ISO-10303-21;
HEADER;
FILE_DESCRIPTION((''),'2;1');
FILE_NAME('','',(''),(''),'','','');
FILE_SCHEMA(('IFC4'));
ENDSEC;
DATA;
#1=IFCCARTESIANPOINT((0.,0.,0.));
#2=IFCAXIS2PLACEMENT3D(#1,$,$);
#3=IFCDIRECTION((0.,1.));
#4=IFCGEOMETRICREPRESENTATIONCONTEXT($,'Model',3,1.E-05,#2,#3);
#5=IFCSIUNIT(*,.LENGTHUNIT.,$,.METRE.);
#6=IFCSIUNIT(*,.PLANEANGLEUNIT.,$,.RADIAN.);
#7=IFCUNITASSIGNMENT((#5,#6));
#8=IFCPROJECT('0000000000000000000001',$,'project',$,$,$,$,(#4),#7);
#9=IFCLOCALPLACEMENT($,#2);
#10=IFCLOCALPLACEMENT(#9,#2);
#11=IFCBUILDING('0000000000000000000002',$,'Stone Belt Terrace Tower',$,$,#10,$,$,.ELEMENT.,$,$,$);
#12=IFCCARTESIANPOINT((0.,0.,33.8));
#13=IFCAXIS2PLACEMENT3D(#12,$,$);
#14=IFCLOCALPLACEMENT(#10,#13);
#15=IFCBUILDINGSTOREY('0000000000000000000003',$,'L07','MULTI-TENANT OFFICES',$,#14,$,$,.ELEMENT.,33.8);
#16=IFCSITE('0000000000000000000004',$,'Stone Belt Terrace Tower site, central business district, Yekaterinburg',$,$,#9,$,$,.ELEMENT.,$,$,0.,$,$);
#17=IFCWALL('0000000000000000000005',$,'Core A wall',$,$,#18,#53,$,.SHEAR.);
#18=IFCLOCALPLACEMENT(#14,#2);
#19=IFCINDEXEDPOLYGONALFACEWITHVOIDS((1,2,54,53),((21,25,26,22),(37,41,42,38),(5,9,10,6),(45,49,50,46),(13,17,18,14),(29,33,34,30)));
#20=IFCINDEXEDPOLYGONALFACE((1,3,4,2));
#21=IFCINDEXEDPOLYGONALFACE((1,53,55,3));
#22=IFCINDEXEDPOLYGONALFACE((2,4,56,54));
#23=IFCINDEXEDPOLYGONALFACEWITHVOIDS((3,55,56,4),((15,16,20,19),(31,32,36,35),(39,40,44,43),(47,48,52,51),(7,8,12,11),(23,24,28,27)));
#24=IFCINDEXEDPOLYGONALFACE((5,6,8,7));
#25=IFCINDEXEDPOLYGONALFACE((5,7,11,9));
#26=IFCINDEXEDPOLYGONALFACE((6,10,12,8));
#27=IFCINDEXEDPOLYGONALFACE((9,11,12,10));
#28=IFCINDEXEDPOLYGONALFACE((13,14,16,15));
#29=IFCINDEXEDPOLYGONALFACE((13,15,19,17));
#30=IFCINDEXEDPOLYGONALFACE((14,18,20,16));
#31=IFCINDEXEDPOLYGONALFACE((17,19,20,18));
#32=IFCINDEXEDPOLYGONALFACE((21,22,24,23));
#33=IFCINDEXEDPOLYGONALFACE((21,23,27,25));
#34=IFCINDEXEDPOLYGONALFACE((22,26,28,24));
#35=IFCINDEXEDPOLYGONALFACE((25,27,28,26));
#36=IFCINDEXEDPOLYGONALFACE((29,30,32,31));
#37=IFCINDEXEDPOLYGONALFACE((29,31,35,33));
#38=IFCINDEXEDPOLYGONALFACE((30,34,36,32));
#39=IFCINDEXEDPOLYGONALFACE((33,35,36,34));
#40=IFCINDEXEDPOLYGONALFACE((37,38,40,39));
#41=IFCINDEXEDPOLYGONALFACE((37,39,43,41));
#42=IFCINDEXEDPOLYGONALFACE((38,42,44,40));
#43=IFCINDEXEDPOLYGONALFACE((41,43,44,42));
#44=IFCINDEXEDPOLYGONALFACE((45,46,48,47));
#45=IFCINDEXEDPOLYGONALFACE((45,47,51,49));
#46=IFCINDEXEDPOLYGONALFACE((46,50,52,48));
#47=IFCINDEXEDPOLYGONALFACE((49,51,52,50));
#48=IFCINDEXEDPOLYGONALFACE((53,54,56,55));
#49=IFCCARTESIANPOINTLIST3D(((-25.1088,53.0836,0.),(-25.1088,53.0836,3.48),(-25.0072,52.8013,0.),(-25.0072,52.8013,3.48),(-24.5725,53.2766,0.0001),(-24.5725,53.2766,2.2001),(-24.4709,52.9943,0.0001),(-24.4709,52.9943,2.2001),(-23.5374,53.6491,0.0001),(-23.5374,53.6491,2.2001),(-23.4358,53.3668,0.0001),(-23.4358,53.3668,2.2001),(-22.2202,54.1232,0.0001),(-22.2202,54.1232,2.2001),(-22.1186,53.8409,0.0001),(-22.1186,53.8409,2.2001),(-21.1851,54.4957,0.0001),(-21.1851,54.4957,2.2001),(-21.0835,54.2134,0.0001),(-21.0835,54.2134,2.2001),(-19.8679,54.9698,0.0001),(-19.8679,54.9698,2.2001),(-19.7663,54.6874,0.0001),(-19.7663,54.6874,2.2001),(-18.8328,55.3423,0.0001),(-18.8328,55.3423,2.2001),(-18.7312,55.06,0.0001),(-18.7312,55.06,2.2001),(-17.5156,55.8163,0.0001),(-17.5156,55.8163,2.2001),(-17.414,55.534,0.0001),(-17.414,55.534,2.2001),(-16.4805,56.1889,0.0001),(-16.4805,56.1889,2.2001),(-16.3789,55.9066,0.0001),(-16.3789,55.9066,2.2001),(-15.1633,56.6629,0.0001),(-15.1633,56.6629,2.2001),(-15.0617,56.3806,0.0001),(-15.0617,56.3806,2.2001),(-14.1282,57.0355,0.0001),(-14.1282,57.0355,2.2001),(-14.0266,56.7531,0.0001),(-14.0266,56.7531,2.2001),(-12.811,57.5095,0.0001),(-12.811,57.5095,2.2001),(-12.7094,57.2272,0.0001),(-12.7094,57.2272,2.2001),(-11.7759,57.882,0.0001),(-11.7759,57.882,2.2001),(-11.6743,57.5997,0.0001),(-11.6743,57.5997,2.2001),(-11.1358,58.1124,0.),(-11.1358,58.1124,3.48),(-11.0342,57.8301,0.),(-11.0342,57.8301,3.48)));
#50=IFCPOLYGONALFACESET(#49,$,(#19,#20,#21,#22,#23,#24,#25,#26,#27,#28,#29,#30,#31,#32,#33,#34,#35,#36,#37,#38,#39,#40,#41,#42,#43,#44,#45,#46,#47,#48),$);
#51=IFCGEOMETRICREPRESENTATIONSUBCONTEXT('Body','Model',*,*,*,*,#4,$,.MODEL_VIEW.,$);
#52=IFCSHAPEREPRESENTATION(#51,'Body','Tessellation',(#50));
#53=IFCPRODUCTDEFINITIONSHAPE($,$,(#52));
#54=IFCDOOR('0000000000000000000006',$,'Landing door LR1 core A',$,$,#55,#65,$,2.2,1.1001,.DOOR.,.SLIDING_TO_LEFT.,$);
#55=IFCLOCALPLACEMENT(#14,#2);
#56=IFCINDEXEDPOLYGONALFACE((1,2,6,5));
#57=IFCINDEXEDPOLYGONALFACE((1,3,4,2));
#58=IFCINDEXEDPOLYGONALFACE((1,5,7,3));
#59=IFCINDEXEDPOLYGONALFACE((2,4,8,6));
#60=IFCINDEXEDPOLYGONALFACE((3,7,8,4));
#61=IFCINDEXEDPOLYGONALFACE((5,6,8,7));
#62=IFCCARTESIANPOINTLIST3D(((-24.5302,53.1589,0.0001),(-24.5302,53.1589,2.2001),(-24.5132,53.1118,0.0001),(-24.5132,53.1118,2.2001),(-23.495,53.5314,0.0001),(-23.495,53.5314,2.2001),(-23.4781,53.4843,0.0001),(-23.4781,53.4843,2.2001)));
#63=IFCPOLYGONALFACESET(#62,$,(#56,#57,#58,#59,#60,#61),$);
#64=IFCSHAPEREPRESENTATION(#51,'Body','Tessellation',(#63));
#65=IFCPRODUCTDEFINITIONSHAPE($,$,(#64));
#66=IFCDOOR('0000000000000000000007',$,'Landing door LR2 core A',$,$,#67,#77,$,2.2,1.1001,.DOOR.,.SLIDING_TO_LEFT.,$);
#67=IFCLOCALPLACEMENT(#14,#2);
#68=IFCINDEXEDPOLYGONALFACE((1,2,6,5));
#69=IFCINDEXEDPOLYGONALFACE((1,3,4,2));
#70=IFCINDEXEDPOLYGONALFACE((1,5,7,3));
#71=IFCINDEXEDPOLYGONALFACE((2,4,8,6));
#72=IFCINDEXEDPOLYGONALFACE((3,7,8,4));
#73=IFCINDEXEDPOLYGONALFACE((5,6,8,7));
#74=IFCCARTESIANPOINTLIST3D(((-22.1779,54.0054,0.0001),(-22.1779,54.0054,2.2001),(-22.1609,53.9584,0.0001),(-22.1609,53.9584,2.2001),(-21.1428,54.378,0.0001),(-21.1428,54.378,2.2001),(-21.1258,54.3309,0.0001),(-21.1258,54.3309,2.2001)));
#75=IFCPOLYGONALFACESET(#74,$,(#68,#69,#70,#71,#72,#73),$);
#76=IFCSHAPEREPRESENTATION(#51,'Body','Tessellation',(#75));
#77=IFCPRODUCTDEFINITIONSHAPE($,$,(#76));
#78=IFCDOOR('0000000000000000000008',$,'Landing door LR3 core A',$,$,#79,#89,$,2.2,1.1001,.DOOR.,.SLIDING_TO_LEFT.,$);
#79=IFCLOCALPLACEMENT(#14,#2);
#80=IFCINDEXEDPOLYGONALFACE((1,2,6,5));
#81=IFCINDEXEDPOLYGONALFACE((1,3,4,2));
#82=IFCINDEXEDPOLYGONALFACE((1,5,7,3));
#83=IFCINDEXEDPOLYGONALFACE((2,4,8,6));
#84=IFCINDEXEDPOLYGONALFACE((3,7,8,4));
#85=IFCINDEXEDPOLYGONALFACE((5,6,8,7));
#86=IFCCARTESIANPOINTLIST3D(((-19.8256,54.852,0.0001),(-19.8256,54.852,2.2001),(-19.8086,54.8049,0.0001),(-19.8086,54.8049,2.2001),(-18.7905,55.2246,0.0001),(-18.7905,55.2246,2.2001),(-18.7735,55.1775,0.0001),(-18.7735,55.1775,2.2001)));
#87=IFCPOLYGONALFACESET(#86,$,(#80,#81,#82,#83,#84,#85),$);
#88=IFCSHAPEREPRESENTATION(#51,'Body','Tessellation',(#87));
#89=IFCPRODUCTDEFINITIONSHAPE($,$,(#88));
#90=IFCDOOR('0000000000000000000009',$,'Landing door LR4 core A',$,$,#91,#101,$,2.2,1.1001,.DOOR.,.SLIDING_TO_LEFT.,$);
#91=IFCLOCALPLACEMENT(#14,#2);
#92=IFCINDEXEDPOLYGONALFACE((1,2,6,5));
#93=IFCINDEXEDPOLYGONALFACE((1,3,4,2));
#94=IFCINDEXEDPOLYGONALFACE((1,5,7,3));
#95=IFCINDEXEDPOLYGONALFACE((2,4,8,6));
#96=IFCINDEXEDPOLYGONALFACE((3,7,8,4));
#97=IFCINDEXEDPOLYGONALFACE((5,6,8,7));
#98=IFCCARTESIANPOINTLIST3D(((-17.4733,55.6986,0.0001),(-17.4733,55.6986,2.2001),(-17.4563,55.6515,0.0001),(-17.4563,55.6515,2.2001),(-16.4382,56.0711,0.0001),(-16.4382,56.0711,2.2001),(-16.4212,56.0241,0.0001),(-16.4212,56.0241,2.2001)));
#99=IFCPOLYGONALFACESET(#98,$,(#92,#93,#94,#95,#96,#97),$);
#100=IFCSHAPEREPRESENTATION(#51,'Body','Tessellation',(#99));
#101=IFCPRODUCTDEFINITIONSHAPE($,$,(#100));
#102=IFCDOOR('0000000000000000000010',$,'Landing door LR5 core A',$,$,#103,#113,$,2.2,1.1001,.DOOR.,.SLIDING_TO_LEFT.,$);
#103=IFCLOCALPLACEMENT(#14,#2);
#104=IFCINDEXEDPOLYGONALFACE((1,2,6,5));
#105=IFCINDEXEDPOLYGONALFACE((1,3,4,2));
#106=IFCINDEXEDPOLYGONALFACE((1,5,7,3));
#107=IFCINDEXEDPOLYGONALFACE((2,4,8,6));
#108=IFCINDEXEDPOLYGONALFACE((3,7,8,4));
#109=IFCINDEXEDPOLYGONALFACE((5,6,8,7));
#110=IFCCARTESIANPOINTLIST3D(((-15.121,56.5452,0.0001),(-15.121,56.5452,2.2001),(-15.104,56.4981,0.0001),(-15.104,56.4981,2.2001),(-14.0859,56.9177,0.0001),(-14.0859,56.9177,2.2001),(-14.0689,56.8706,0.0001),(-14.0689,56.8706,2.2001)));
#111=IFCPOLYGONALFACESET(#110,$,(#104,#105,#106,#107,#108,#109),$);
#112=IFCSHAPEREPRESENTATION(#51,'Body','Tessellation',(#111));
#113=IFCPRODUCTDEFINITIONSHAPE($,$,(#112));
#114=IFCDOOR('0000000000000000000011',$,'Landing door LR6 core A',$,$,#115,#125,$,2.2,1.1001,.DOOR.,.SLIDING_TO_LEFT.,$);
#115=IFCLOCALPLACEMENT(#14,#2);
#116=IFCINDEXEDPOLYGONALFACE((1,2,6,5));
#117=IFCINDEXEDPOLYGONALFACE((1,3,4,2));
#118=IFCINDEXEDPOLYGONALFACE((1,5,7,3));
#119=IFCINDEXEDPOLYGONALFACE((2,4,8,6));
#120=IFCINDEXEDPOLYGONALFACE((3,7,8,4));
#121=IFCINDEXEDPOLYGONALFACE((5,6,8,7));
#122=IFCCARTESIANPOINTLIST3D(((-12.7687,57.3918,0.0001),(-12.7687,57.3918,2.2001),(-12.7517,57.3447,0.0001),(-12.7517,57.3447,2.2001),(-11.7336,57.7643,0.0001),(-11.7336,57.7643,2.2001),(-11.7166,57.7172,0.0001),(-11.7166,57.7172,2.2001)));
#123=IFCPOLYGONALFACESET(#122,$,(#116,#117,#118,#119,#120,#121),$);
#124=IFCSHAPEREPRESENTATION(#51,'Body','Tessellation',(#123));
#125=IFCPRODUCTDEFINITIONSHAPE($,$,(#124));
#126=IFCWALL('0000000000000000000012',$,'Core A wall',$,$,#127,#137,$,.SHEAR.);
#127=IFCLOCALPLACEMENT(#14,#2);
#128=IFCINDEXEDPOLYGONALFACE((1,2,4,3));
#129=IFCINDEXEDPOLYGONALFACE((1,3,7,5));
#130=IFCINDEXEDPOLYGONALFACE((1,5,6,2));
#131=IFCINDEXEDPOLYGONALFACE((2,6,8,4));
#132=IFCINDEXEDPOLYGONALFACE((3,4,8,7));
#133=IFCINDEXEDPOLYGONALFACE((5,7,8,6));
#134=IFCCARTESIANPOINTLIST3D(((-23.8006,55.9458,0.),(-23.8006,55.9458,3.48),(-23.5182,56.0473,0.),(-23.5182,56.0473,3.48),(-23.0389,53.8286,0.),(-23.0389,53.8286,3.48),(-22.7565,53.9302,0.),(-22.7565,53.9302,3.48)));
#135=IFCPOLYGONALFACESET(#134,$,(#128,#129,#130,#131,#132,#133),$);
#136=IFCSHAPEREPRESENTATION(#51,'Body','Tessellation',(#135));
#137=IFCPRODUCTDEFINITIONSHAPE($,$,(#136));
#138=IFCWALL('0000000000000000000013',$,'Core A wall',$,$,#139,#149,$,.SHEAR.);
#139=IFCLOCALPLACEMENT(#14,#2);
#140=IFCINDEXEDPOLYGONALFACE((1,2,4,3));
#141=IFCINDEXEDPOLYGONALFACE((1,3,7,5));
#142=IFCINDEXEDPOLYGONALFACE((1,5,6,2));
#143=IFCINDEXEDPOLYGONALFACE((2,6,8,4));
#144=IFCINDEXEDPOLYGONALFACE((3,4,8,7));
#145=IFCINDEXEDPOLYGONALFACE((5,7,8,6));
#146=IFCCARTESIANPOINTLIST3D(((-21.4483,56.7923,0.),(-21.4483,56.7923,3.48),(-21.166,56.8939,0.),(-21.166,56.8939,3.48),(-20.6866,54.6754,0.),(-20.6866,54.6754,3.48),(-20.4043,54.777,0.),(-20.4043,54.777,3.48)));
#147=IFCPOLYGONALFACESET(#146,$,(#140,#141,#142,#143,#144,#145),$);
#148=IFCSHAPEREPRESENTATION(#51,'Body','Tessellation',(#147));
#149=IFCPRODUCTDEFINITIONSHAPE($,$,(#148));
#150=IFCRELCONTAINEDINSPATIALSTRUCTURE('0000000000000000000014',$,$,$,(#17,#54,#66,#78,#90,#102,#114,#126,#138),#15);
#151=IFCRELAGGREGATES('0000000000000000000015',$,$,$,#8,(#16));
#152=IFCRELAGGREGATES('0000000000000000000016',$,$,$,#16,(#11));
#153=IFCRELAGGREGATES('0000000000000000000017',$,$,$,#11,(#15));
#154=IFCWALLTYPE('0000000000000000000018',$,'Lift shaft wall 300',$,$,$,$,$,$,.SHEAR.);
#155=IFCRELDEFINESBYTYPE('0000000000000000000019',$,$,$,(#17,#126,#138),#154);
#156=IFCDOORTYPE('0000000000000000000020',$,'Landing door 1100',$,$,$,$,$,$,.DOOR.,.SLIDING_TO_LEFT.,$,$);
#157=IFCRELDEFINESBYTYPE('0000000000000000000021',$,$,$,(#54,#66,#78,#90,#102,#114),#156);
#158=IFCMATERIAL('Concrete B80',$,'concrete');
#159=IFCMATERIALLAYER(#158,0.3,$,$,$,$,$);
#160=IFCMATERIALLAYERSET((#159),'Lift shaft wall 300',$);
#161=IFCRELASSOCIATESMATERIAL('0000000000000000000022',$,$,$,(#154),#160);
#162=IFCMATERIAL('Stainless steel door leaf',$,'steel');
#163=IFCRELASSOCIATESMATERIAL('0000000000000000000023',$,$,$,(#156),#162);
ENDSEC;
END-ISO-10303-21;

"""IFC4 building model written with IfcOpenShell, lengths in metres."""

from ifc_helpers import new_model, si_unit, direction, frame, frame_2d, origin, place, context, subcontext, project, spatial, rectangle, extrude, material, layer, layer_set, type_object, element, fill, save


model = new_model("IFC4")

# Units and contexts
model_context = context("Model", 3, precision=1e-05, world=origin(), true_north=direction((0.0, 1.0)))
body_context = subcontext(model_context, "Body", "Model", "MODEL_VIEW")
ifc_project = project(units=[si_unit("LENGTHUNIT", "METRE"), si_unit("PLANEANGLEUNIT", "RADIAN")], contexts=[model_context])

# Site, building, storey
site_placement = place(None, origin())
site = spatial("IfcSite", under=ifc_project, at=site_placement, Name="Stone Belt Terrace Tower site, central business district, Yekaterinburg", CompositionType="ELEMENT", RefElevation=0.0)
building_placement = place(site_placement, origin())
building = spatial("IfcBuilding", under=site, at=building_placement, Name="Stone Belt Terrace Tower", CompositionType="ELEMENT")
storey_placement = place(building_placement, frame((0.0, 0.0, 33.8)))
storey = spatial("IfcBuildingStorey", under=building, at=storey_placement, Name="L07", Description="MULTI-TENANT OFFICES", CompositionType="ELEMENT", Elevation=33.8)

# Shared definitions
ifc_material_1 = material(Name="Concrete B80", Category="concrete")

# Shared definitions
ifc_layer_1 = layer(ifc_material_1, 0.3)
ifc_layer_set_1 = layer_set([ifc_layer_1], Name="Lift shaft wall 300")
wall_type = type_object("IfcWallType", Name="Lift shaft wall 300", PredefinedType="SHEAR", material=ifc_layer_set_1)

# Wall, openings, doors
wall_1_placement = place(storey_placement, frame((-25.0581, 52.9424, 0.0), z_axis=(0.0, 0.0, 1.0), x_axis=(0.940918, 0.338634, 0.0)))
wall_1 = element("IfcWall", 1, at=wall_1_placement, inside=storey, type_object=wall_type, Name="Core A wall", PredefinedType="SHEAR", context=body_context, shape_type="SweptSolid", body=[
    extrude(rectangle(XDim=14.8503, YDim=0.3, at=frame_2d((7.4253, 0.0))), origin(), (0.0, 0.0, 1.0), 3.48),
])
opening_1_placement = place(wall_1_placement, frame((0.5701, 0.0, 0.0)))
opening_1 = element("IfcOpeningElement", 2, at=opening_1_placement, cuts=wall_1, PredefinedType="OPENING", context=body_context, shape_type="SweptSolid", body=[
    extrude(rectangle(XDim=1.1001, YDim=2.2, at=frame_2d((0.55, 1.1001))), frame((0.0, 0.1599, 0.0), z_axis=(0.0, -1.0, 0.0), x_axis=(1.0, 0.0, 0.0)), (0.0, 0.0, 1.0), 0.3201),
])
opening_2_placement = place(wall_1_placement, frame((3.0701, 0.0, 0.0)))
opening_2 = element("IfcOpeningElement", 3, at=opening_2_placement, cuts=wall_1, PredefinedType="OPENING", context=body_context, shape_type="SweptSolid", body=[
    extrude(rectangle(XDim=1.1001, YDim=2.2, at=frame_2d((0.55, 1.1001))), frame((0.0, 0.1599, 0.0), z_axis=(0.0, -1.0, 0.0), x_axis=(1.0, 0.0, 0.0)), (0.0, 0.0, 1.0), 0.3201),
])
opening_3_placement = place(wall_1_placement, frame((5.5701, 0.0, 0.0)))
opening_3 = element("IfcOpeningElement", 4, at=opening_3_placement, cuts=wall_1, PredefinedType="OPENING", context=body_context, shape_type="SweptSolid", body=[
    extrude(rectangle(XDim=1.1001, YDim=2.2, at=frame_2d((0.55, 1.1001))), frame((0.0, 0.1599, 0.0), z_axis=(0.0, -1.0, 0.0), x_axis=(1.0, 0.0, 0.0)), (0.0, 0.0, 1.0), 0.3201),
])
opening_4_placement = place(wall_1_placement, frame((8.0701, 0.0, 0.0)))
opening_4 = element("IfcOpeningElement", 5, at=opening_4_placement, cuts=wall_1, PredefinedType="OPENING", context=body_context, shape_type="SweptSolid", body=[
    extrude(rectangle(XDim=1.1001, YDim=2.2, at=frame_2d((0.55, 1.1001))), frame((0.0, 0.1599, 0.0), z_axis=(0.0, -1.0, 0.0), x_axis=(1.0, 0.0, 0.0)), (0.0, 0.0, 1.0), 0.3201),
])
opening_5_placement = place(wall_1_placement, frame((10.5701, 0.0, 0.0)))
opening_5 = element("IfcOpeningElement", 6, at=opening_5_placement, cuts=wall_1, PredefinedType="OPENING", context=body_context, shape_type="SweptSolid", body=[
    extrude(rectangle(XDim=1.1001, YDim=2.2, at=frame_2d((0.55, 1.1001))), frame((0.0, 0.1599, 0.0), z_axis=(0.0, -1.0, 0.0), x_axis=(1.0, 0.0, 0.0)), (0.0, 0.0, 1.0), 0.3201),
])
opening_6_placement = place(wall_1_placement, frame((13.0701, 0.0, 0.0)))
opening_6 = element("IfcOpeningElement", 7, at=opening_6_placement, cuts=wall_1, PredefinedType="OPENING", context=body_context, shape_type="SweptSolid", body=[
    extrude(rectangle(XDim=1.1001, YDim=2.2, at=frame_2d((0.55, 1.1001))), frame((0.0, 0.1599, 0.0), z_axis=(0.0, -1.0, 0.0), x_axis=(1.0, 0.0, 0.0)), (0.0, 0.0, 1.0), 0.3201),
])
ifc_material_2 = material(Name="Stainless steel door leaf", Category="steel")
door_type = type_object("IfcDoorType", Name="Landing door 1100", OperationType="SLIDING_TO_LEFT", PredefinedType="DOOR", material=ifc_material_2)
door_1_placement = place(opening_1_placement, origin())
door_1 = element("IfcDoor", 8, at=door_1_placement, inside=storey, type_object=door_type, Name="Landing door LR1 core A", OperationType="SLIDING_TO_LEFT", OverallHeight=2.2, OverallWidth=1.1001, PredefinedType="DOOR", context=body_context, shape_type="SweptSolid", body=[
    extrude(rectangle(XDim=1.1001, YDim=2.2, at=frame_2d((0.55, 1.1001))), frame((0.0, 0.0249, 0.0), z_axis=(0.0, -1.0, 0.0), x_axis=(1.0, 0.0, 0.0)), (0.0, 0.0, 1.0), 0.05),
])
fill(opening_1, door_1)
door_2_placement = place(opening_2_placement, origin())
door_2 = element("IfcDoor", 9, at=door_2_placement, inside=storey, type_object=door_type, Name="Landing door LR2 core A", OperationType="SLIDING_TO_LEFT", OverallHeight=2.2, OverallWidth=1.1001, PredefinedType="DOOR", context=body_context, shape_type="SweptSolid", body=[
    extrude(rectangle(XDim=1.1001, YDim=2.2, at=frame_2d((0.55, 1.1001))), frame((0.0, 0.0249, 0.0), z_axis=(0.0, -1.0, 0.0), x_axis=(1.0, 0.0, 0.0)), (0.0, 0.0, 1.0), 0.05),
])
fill(opening_2, door_2)
door_3_placement = place(opening_3_placement, origin())
door_3 = element("IfcDoor", 10, at=door_3_placement, inside=storey, type_object=door_type, Name="Landing door LR3 core A", OperationType="SLIDING_TO_LEFT", OverallHeight=2.2, OverallWidth=1.1001, PredefinedType="DOOR", context=body_context, shape_type="SweptSolid", body=[
    extrude(rectangle(XDim=1.1001, YDim=2.2, at=frame_2d((0.55, 1.1001))), frame((0.0, 0.0249, 0.0), z_axis=(0.0, -1.0, 0.0), x_axis=(1.0, 0.0, 0.0)), (0.0, 0.0, 1.0), 0.05),
])
fill(opening_3, door_3)
door_4_placement = place(opening_4_placement, origin())
door_4 = element("IfcDoor", 11, at=door_4_placement, inside=storey, type_object=door_type, Name="Landing door LR4 core A", OperationType="SLIDING_TO_LEFT", OverallHeight=2.2, OverallWidth=1.1001, PredefinedType="DOOR", context=body_context, shape_type="SweptSolid", body=[
    extrude(rectangle(XDim=1.1001, YDim=2.2, at=frame_2d((0.55, 1.1001))), frame((0.0, 0.0249, 0.0), z_axis=(0.0, -1.0, 0.0), x_axis=(1.0, 0.0, 0.0)), (0.0, 0.0, 1.0), 0.05),
])
fill(opening_4, door_4)
door_5_placement = place(opening_5_placement, origin())
door_5 = element("IfcDoor", 12, at=door_5_placement, inside=storey, type_object=door_type, Name="Landing door LR5 core A", OperationType="SLIDING_TO_LEFT", OverallHeight=2.2, OverallWidth=1.1001, PredefinedType="DOOR", context=body_context, shape_type="SweptSolid", body=[
    extrude(rectangle(XDim=1.1001, YDim=2.2, at=frame_2d((0.55, 1.1001))), frame((0.0, 0.0249, 0.0), z_axis=(0.0, -1.0, 0.0), x_axis=(1.0, 0.0, 0.0)), (0.0, 0.0, 1.0), 0.05),
])
fill(opening_5, door_5)
door_6_placement = place(opening_6_placement, origin())
door_6 = element("IfcDoor", 13, at=door_6_placement, inside=storey, type_object=door_type, Name="Landing door LR6 core A", OperationType="SLIDING_TO_LEFT", OverallHeight=2.2, OverallWidth=1.1001, PredefinedType="DOOR", context=body_context, shape_type="SweptSolid", body=[
    extrude(rectangle(XDim=1.1001, YDim=2.2, at=frame_2d((0.55, 1.1001))), frame((0.0, 0.0249, 0.0), z_axis=(0.0, -1.0, 0.0), x_axis=(1.0, 0.0, 0.0)), (0.0, 0.0, 1.0), 0.05),
])
fill(opening_6, door_6)

# Walls
wall_2_placement = place(storey_placement, frame((-22.8977, 53.8794, 0.0), z_axis=(0.0, 0.0, 1.0), x_axis=(-0.338535, 0.940954, 0.0)))
element("IfcWall", 14, at=wall_2_placement, inside=storey, type_object=wall_type, Name="Core A wall", PredefinedType="SHEAR", context=body_context, shape_type="SweptSolid", body=[
    extrude(rectangle(XDim=2.25, YDim=0.3, at=frame_2d((1.125, 0.0))), origin(), (0.0, 0.0, 1.0), 3.48),
])
wall_3_placement = place(storey_placement, frame((-20.5454, 54.7261, 0.0), z_axis=(0.0, 0.0, 1.0), x_axis=(-0.33857, 0.940941, 0.0)))
element("IfcWall", 15, at=wall_3_placement, inside=storey, type_object=wall_type, Name="Core A wall", PredefinedType="SHEAR", context=body_context, shape_type="SweptSolid", body=[
    extrude(rectangle(XDim=2.2498, YDim=0.3, at=frame_2d((1.125, 0.0))), origin(), (0.0, 0.0, 1.0), 3.48),
])

save(model, "model.ifc")
